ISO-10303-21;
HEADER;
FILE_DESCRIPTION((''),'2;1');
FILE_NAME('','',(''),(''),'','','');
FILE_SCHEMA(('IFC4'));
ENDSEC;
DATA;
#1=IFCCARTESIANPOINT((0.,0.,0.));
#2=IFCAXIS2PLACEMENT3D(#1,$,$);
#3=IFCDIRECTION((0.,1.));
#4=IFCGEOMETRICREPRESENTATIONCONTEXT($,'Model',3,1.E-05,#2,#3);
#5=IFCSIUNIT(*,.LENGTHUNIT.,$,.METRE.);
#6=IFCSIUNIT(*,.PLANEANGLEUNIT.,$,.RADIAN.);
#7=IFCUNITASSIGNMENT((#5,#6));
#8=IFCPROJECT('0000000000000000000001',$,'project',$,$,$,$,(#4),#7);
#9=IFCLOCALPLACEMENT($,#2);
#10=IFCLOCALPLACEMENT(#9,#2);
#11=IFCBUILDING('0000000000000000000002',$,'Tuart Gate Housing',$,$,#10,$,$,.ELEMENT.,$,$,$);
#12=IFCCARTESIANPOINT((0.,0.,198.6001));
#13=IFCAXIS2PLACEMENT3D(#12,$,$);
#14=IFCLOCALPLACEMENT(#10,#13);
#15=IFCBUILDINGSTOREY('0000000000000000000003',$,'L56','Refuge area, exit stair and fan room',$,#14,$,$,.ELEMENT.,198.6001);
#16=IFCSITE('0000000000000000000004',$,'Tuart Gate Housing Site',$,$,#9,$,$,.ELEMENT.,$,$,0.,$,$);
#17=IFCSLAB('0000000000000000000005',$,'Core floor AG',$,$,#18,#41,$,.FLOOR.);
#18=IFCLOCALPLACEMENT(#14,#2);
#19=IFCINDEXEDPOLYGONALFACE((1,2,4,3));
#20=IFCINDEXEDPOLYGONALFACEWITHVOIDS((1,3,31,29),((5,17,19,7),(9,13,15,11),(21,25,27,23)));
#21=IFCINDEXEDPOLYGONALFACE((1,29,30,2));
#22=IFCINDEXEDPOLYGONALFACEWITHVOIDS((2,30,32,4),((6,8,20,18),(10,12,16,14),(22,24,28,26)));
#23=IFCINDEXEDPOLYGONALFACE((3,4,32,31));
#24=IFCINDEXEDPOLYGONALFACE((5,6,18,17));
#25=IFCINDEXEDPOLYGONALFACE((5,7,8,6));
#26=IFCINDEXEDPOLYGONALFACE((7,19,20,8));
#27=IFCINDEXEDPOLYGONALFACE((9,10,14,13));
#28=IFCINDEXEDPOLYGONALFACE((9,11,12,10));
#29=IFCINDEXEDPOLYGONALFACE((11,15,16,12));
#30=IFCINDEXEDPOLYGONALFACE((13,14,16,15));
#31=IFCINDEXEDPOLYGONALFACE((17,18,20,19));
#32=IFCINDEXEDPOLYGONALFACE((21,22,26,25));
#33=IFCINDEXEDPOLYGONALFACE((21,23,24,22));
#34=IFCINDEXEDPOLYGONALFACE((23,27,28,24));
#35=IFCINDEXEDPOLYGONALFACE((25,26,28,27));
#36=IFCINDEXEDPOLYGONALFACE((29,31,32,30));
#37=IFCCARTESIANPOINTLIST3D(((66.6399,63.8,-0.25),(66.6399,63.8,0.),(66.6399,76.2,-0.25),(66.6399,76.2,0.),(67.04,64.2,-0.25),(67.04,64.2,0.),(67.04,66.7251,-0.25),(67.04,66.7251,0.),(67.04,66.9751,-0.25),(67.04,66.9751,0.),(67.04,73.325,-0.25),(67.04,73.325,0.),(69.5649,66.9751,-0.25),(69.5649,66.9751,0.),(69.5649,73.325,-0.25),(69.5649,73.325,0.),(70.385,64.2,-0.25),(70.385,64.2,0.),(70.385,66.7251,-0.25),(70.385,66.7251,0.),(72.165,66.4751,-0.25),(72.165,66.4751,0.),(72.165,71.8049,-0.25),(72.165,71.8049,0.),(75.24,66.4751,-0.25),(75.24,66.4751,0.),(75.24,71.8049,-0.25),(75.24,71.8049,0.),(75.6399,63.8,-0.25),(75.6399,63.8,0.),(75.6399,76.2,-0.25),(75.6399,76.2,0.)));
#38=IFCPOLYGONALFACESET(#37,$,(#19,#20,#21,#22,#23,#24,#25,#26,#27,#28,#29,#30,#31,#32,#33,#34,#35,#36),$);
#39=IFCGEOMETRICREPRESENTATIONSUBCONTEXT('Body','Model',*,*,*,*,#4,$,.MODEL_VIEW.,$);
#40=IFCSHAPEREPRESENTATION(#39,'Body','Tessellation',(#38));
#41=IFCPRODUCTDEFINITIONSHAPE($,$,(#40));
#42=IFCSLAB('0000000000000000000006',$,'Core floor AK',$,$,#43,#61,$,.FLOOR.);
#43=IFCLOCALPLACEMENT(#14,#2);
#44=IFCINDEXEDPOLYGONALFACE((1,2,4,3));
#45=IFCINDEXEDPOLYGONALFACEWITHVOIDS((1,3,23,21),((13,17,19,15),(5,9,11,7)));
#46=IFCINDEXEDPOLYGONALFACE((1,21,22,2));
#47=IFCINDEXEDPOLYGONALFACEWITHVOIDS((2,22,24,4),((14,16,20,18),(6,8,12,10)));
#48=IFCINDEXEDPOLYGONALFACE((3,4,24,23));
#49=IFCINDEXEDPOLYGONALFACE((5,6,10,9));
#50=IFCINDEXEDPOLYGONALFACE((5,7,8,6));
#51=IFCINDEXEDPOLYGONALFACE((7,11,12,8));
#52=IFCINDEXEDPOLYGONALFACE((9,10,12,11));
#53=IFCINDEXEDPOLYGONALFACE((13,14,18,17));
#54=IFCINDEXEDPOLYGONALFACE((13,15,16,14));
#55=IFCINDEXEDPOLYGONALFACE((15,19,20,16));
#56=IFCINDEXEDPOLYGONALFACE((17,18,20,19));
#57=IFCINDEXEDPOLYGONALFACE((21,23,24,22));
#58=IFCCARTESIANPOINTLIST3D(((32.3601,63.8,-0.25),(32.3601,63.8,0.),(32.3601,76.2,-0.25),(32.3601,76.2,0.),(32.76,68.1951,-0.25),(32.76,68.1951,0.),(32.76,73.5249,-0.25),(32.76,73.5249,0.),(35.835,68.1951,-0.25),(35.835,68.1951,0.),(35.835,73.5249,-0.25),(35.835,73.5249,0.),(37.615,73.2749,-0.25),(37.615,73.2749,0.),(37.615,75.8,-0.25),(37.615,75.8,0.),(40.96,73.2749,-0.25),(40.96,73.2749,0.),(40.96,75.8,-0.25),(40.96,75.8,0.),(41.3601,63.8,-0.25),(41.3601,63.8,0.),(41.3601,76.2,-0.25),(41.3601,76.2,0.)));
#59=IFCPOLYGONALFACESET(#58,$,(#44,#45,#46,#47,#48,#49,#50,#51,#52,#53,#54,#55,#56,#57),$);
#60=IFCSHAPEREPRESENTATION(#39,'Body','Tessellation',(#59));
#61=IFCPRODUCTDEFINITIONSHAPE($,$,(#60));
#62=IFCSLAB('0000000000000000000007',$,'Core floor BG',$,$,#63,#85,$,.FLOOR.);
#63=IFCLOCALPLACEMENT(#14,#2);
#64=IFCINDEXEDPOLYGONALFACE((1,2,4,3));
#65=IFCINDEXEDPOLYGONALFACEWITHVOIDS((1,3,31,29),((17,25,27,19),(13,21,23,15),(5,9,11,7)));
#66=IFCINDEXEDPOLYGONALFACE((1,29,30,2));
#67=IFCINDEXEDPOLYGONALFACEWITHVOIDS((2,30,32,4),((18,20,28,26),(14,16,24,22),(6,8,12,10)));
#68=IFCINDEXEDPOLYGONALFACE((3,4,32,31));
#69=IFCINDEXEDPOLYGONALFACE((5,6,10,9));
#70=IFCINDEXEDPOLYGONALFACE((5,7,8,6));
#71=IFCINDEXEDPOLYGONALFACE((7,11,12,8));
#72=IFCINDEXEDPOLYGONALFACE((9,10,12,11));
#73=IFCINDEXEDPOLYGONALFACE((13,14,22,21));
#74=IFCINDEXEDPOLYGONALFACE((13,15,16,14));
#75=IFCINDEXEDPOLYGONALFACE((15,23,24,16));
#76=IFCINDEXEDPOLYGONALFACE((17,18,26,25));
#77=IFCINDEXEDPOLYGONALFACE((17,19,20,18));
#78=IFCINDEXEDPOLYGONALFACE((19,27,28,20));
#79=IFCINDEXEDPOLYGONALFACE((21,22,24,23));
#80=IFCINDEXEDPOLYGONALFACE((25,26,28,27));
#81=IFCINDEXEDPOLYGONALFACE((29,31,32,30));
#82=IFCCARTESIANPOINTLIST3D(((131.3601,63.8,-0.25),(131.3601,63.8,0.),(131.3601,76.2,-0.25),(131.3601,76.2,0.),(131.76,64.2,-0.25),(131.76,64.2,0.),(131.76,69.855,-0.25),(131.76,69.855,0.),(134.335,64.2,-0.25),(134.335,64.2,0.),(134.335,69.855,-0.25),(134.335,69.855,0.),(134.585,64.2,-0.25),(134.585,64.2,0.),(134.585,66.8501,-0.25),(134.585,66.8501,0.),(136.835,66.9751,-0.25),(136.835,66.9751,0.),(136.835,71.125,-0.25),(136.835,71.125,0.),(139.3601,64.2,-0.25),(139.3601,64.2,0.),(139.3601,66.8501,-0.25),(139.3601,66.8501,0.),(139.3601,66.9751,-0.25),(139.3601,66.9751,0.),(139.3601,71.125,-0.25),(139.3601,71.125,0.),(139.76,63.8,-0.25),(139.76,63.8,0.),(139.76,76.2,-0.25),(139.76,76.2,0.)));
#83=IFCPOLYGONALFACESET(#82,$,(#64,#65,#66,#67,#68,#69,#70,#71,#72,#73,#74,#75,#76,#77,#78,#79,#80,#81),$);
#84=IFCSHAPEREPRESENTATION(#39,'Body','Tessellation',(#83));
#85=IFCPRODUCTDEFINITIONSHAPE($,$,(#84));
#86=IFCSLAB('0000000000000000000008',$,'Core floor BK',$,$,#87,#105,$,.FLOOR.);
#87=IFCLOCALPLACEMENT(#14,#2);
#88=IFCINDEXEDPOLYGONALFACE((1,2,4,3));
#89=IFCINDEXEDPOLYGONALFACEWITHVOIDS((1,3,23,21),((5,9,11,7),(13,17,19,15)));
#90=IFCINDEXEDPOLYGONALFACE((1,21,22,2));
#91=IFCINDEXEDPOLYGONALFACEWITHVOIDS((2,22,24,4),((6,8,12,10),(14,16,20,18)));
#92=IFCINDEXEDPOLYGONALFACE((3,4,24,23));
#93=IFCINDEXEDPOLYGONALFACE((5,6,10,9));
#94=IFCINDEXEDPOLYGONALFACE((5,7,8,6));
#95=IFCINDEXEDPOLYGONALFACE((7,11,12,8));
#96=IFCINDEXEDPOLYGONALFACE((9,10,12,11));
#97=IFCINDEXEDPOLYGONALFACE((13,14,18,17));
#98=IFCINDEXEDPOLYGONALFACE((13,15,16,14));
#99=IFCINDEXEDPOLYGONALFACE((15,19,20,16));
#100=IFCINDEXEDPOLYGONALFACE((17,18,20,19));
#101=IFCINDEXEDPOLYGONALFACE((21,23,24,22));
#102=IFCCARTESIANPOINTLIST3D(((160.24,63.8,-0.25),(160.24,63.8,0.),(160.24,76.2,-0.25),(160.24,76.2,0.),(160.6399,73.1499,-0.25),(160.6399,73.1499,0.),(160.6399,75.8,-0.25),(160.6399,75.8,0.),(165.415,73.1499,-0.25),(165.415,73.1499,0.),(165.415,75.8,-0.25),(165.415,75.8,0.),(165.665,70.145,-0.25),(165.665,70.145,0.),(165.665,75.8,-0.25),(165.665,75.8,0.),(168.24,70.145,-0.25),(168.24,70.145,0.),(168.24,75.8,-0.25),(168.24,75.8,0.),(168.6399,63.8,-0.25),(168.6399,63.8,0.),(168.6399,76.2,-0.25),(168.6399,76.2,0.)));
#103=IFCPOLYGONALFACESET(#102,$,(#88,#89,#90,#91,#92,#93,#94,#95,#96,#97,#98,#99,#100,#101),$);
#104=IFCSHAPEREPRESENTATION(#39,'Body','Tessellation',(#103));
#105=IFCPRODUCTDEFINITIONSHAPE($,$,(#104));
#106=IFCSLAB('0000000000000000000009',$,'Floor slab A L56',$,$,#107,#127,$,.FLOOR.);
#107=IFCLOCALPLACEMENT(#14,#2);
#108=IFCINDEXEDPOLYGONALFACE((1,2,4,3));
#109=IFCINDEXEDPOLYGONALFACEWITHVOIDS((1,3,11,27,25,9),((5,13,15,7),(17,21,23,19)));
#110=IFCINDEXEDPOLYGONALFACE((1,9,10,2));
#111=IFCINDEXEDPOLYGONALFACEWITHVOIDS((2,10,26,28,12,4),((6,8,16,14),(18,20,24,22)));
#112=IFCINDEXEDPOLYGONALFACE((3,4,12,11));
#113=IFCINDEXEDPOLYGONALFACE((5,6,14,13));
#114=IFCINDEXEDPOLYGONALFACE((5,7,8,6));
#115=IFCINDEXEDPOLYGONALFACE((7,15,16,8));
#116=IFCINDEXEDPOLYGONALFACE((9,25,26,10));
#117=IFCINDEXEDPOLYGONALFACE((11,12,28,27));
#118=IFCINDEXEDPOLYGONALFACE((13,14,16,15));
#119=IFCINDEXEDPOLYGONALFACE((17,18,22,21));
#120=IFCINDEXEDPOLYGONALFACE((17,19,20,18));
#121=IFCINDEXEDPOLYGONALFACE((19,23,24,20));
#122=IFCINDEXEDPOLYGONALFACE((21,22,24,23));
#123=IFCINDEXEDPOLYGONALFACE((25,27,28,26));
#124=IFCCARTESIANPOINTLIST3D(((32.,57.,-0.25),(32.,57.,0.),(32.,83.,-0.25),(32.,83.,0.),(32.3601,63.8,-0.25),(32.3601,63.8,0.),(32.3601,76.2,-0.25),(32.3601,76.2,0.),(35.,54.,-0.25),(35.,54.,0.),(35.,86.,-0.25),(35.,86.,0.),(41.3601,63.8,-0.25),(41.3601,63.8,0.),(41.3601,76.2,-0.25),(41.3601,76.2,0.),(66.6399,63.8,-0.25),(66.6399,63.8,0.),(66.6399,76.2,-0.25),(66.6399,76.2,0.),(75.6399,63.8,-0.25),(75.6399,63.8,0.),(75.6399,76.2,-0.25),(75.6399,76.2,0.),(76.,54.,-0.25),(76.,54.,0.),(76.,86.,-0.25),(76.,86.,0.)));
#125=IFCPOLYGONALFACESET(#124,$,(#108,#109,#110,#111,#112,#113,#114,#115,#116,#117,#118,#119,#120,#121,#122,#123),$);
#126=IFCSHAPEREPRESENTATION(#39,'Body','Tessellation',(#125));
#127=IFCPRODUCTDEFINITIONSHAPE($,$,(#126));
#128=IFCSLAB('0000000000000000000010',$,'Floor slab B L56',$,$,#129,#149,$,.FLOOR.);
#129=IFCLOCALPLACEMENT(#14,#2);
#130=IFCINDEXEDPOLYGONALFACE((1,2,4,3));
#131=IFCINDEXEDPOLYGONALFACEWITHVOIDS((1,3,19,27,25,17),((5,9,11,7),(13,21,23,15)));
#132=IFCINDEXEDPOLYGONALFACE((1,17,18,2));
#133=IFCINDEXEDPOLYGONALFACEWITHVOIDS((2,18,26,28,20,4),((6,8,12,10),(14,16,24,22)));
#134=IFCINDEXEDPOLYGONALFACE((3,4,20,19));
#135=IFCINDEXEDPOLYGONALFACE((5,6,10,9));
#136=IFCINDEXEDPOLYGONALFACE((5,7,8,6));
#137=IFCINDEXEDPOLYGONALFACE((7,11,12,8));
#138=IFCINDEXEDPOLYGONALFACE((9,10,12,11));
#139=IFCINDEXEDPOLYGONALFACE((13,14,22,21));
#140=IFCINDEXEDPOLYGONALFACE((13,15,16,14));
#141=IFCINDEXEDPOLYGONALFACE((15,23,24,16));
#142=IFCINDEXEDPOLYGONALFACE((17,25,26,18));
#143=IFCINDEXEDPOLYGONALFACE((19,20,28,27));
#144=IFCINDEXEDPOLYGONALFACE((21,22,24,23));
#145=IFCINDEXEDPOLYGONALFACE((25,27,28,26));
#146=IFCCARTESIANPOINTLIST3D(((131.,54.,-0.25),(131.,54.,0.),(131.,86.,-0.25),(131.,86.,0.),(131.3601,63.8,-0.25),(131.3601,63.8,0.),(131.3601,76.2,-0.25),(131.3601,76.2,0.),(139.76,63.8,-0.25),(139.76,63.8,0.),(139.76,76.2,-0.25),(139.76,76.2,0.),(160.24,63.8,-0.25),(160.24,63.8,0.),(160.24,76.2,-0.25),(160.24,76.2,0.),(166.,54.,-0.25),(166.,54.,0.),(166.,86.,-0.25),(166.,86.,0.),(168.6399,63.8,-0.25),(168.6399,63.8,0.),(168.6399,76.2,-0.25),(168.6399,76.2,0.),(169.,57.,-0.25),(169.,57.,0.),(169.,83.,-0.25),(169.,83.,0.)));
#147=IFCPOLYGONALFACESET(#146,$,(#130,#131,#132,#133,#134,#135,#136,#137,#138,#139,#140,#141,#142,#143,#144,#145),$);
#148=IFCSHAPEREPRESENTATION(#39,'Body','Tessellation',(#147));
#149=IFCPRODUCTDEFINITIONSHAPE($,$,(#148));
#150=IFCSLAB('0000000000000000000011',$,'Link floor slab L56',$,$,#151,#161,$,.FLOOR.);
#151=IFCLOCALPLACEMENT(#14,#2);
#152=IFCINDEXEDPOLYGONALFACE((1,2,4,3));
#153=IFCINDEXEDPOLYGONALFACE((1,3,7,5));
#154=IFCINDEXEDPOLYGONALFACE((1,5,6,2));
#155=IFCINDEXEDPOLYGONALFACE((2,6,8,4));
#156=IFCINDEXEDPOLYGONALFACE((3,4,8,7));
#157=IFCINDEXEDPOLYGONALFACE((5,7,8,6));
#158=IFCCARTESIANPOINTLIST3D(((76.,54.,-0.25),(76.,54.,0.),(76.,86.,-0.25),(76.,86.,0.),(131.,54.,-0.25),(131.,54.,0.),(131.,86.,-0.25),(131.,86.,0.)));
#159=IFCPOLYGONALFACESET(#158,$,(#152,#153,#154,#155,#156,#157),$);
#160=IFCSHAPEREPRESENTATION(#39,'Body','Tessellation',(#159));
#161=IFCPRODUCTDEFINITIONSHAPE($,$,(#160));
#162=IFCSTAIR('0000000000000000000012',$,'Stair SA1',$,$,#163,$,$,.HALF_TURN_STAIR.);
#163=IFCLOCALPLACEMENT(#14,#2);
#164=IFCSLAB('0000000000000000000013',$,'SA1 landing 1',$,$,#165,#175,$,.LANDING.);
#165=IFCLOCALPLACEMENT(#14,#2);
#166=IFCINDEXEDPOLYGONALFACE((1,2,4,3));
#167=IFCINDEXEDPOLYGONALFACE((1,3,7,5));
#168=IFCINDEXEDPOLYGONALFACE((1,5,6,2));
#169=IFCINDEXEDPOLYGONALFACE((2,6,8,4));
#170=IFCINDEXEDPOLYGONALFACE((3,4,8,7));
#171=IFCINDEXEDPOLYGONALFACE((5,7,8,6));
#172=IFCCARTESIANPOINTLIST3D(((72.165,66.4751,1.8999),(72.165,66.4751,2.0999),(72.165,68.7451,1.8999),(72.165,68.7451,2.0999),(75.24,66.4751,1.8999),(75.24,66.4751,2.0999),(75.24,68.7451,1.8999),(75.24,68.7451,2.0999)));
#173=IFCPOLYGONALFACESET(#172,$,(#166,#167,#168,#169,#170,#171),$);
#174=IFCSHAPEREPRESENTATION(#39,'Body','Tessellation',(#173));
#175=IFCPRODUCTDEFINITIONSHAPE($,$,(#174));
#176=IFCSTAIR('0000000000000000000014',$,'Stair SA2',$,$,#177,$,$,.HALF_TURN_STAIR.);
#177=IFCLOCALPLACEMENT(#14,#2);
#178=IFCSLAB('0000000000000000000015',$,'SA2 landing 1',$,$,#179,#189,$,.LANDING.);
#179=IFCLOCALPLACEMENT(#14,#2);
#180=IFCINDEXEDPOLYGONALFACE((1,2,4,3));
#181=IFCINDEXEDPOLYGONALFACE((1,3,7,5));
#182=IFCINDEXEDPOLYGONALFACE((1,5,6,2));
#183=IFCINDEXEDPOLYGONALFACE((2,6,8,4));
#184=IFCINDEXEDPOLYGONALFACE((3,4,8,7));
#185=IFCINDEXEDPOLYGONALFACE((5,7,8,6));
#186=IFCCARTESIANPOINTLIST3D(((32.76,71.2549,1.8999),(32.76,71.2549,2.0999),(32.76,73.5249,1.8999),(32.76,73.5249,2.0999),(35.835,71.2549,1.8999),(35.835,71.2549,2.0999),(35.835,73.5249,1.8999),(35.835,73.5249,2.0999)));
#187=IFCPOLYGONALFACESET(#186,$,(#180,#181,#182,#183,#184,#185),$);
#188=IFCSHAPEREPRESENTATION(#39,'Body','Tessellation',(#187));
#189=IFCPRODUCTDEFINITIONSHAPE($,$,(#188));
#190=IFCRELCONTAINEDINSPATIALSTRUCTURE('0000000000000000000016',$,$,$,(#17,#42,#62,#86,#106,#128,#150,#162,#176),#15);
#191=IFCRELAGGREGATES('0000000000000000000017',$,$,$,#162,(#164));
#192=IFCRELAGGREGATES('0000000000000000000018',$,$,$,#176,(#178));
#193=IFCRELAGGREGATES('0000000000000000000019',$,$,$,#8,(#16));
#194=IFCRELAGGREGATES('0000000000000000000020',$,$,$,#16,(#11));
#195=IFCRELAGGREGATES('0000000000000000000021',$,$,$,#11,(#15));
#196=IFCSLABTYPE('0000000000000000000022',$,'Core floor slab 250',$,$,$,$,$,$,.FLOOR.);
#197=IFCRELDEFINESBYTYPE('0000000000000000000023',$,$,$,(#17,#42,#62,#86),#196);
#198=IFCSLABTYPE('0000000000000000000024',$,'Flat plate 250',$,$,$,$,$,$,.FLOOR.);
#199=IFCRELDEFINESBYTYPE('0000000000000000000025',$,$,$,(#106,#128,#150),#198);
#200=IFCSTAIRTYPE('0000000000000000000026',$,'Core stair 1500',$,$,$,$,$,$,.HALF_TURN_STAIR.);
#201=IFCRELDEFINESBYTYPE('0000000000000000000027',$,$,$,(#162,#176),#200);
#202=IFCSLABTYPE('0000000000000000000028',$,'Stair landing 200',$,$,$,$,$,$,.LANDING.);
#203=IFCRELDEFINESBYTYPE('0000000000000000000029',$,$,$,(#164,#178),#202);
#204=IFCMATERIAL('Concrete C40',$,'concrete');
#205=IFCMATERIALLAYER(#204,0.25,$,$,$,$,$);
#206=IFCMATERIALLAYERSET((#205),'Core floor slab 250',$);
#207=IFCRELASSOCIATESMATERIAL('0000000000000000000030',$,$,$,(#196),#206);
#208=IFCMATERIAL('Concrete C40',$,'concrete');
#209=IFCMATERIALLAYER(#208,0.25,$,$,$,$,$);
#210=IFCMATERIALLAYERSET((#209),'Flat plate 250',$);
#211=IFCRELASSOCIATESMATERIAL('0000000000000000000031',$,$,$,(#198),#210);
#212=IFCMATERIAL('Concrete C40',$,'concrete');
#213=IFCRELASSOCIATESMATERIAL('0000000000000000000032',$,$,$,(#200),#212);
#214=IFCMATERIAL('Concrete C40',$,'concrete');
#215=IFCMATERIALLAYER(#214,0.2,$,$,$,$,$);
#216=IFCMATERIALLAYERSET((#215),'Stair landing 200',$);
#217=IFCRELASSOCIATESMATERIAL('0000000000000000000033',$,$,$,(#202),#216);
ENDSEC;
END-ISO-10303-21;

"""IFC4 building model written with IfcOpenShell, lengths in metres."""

from ifc_helpers import new_model, si_unit, direction, frame, origin, place, context, subcontext, project, spatial, polyline, outline, extrude, material, layer, layer_set, type_object, element, aggregate, save


model = new_model("IFC4")

# Units and contexts
model_context = context("Model", 3, precision=1e-05, world=origin(), true_north=direction((0.0, 1.0)))
body_context = subcontext(model_context, "Body", "Model", "MODEL_VIEW")
ifc_project = project(units=[si_unit("LENGTHUNIT", "METRE"), si_unit("PLANEANGLEUNIT", "RADIAN")], contexts=[model_context])

# Site, building, storey
site_placement = place(None, origin())
site = spatial("IfcSite", under=ifc_project, at=site_placement, Name="Tuart Gate Housing Site", CompositionType="ELEMENT", RefElevation=0.0)
building_placement = place(site_placement, origin())
building = spatial("IfcBuilding", under=site, at=building_placement, Name="Tuart Gate Housing", CompositionType="ELEMENT")
storey_placement = place(building_placement, frame((0.0, 0.0, 198.6001)))
storey = spatial("IfcBuildingStorey", under=building, at=storey_placement, Name="L56", Description="Refuge area, exit stair and fan room", CompositionType="ELEMENT", Elevation=198.6001)

# Slabs
ifc_material_1 = material(Name="Concrete C40", Category="concrete")
ifc_layer_1 = layer(ifc_material_1, 0.25)
ifc_layer_set_1 = layer_set([ifc_layer_1], Name="Core floor slab 250")
slab_type_1 = type_object("IfcSlabType", Name="Core floor slab 250", PredefinedType="FLOOR", material=ifc_layer_set_1)
slab_1_placement = place(storey_placement, frame((0.0, 0.0, -0.25)))
element("IfcSlab", 1, at=slab_1_placement, inside=storey, type_object=slab_type_1, Name="Core floor AG", PredefinedType="FLOOR", context=body_context, shape_type="SweptSolid", body=[
    extrude(outline(polyline([(66.6399, 63.8), (75.6399, 63.8), (75.6399, 76.2), (66.6399, 76.2), (66.6399, 63.8)]), holes=[polyline([(67.04, 64.2), (70.385, 64.2), (70.385, 66.7251), (67.04, 66.7251), (67.04, 64.2)]), polyline([(67.04, 66.9751), (69.5649, 66.9751), (69.5649, 73.325), (67.04, 73.325), (67.04, 66.9751)]), polyline([(72.165, 66.4751), (75.24, 66.4751), (75.24, 71.8049), (72.165, 71.8049), (72.165, 66.4751)])]), origin(), (0.0, 0.0, 1.0), 0.25),
])
slab_2_placement = place(storey_placement, frame((0.0, 0.0, -0.25)))
element("IfcSlab", 2, at=slab_2_placement, inside=storey, type_object=slab_type_1, Name="Core floor AK", PredefinedType="FLOOR", context=body_context, shape_type="SweptSolid", body=[
    extrude(outline(polyline([(32.3601, 63.8), (41.3601, 63.8), (41.3601, 76.2), (32.3601, 76.2), (32.3601, 63.8)]), holes=[polyline([(40.96, 75.8), (37.615, 75.8), (37.615, 73.2749), (40.96, 73.2749), (40.96, 75.8)]), polyline([(35.835, 73.5249), (32.76, 73.5249), (32.76, 68.1951), (35.835, 68.1951), (35.835, 73.5249)])]), origin(), (0.0, 0.0, 1.0), 0.25),
])
slab_3_placement = place(storey_placement, frame((0.0, 0.0, -0.25)))
element("IfcSlab", 3, at=slab_3_placement, inside=storey, type_object=slab_type_1, Name="Core floor BG", PredefinedType="FLOOR", context=body_context, shape_type="SweptSolid", body=[
    extrude(outline(polyline([(131.3601, 63.8), (139.76, 63.8), (139.76, 76.2), (131.3601, 76.2), (131.3601, 63.8)]), holes=[polyline([(139.3601, 66.8501), (134.585, 66.8501), (134.585, 64.2), (139.3601, 64.2), (139.3601, 66.8501)]), polyline([(139.3601, 71.125), (136.835, 71.125), (136.835, 66.9751), (139.3601, 66.9751), (139.3601, 71.125)]), polyline([(134.335, 69.855), (131.76, 69.855), (131.76, 64.2), (134.335, 64.2), (134.335, 69.855)])]), origin(), (0.0, 0.0, 1.0), 0.25),
])
slab_4_placement = place(storey_placement, frame((0.0, 0.0, -0.25)))
element("IfcSlab", 4, at=slab_4_placement, inside=storey, type_object=slab_type_1, Name="Core floor BK", PredefinedType="FLOOR", context=body_context, shape_type="SweptSolid", body=[
    extrude(outline(polyline([(160.24, 63.8), (168.6399, 63.8), (168.6399, 76.2), (160.24, 76.2), (160.24, 63.8)]), holes=[polyline([(160.6399, 73.1499), (165.415, 73.1499), (165.415, 75.8), (160.6399, 75.8), (160.6399, 73.1499)]), polyline([(165.665, 70.145), (168.24, 70.145), (168.24, 75.8), (165.665, 75.8), (165.665, 70.145)])]), origin(), (0.0, 0.0, 1.0), 0.25),
])
ifc_material_2 = material(Name="Concrete C40", Category="concrete")
ifc_layer_2 = layer(ifc_material_2, 0.25)
ifc_layer_set_2 = layer_set([ifc_layer_2], Name="Flat plate 250")
slab_type_2 = type_object("IfcSlabType", Name="Flat plate 250", PredefinedType="FLOOR", material=ifc_layer_set_2)
slab_5_placement = place(storey_placement, frame((0.0, 0.0, -0.25)))
element("IfcSlab", 5, at=slab_5_placement, inside=storey, type_object=slab_type_2, Name="Floor slab A L56", PredefinedType="FLOOR", context=body_context, shape_type="SweptSolid", body=[
    extrude(outline(polyline([(35.0, 86.0), (32.0, 83.0), (32.0, 57.0), (35.0, 54.0), (76.0, 54.0), (76.0, 86.0), (35.0, 86.0)]), holes=[polyline([(66.6399, 76.2), (75.6399, 76.2), (75.6399, 63.8), (66.6399, 63.8), (66.6399, 76.2)]), polyline([(41.3601, 76.2), (41.3601, 63.8), (32.3601, 63.8), (32.3601, 76.2), (41.3601, 76.2)])]), origin(), (0.0, 0.0, 1.0), 0.25),
])
slab_6_placement = place(storey_placement, frame((0.0, 0.0, -0.25)))
element("IfcSlab", 6, at=slab_6_placement, inside=storey, type_object=slab_type_2, Name="Floor slab B L56", PredefinedType="FLOOR", context=body_context, shape_type="SweptSolid", body=[
    extrude(outline(polyline([(166.0, 86.0), (131.0, 86.0), (131.0, 54.0), (166.0, 54.0), (169.0, 57.0), (169.0, 83.0), (166.0, 86.0)]), holes=[polyline([(131.3601, 76.2), (139.76, 76.2), (139.76, 63.8), (131.3601, 63.8), (131.3601, 76.2)]), polyline([(168.6399, 76.2), (168.6399, 63.8), (160.24, 63.8), (160.24, 76.2), (168.6399, 76.2)])]), origin(), (0.0, 0.0, 1.0), 0.25),
])
slab_7_placement = place(storey_placement, frame((0.0, 0.0, -0.25)))
element("IfcSlab", 7, at=slab_7_placement, inside=storey, type_object=slab_type_2, Name="Link floor slab L56", PredefinedType="FLOOR", context=body_context, shape_type="SweptSolid", body=[
    extrude(outline(polyline([(76.0, 54.0), (131.0, 54.0), (131.0, 86.0), (76.0, 86.0), (76.0, 54.0)])), origin(), (0.0, 0.0, 1.0), 0.25),
])

# Stairs, slabs
ifc_material_3 = material(Name="Concrete C40", Category="concrete")
stair_type_1 = type_object("IfcStairType", Name="Core stair 1500", PredefinedType="HALF_TURN_STAIR", material=ifc_material_3)
stair_1_placement = place(storey_placement, origin())
stair_1 = element("IfcStair", 8, at=stair_1_placement, inside=storey, type_object=stair_type_1, Name="Stair SA1", PredefinedType="HALF_TURN_STAIR")
ifc_material_4 = material(Name="Concrete C40", Category="concrete")
ifc_layer_3 = layer(ifc_material_4, 0.2)
ifc_layer_set_3 = layer_set([ifc_layer_3], Name="Stair landing 200")
slab_type_3 = type_object("IfcSlabType", Name="Stair landing 200", PredefinedType="LANDING", material=ifc_layer_set_3)
slab_8_placement = place(storey_placement, frame((0.0, 0.0, 1.8999)))
slab_8 = element("IfcSlab", 9, at=slab_8_placement, type_object=slab_type_3, Name="SA1 landing 1", PredefinedType="LANDING", context=body_context, shape_type="SweptSolid", body=[
    extrude(outline(polyline([(72.165, 66.4751), (75.24, 66.4751), (75.24, 68.7451), (72.165, 68.7451), (72.165, 66.4751)])), origin(), (0.0, 0.0, 1.0), 0.2),
])
aggregate(stair_1, [slab_8])
stair_2_placement = place(storey_placement, origin())
stair_2 = element("IfcStair", 10, at=stair_2_placement, inside=storey, type_object=stair_type_1, Name="Stair SA2", PredefinedType="HALF_TURN_STAIR")
slab_9_placement = place(storey_placement, frame((0.0, 0.0, 1.8999)))
slab_9 = element("IfcSlab", 11, at=slab_9_placement, type_object=slab_type_3, Name="SA2 landing 1", PredefinedType="LANDING", context=body_context, shape_type="SweptSolid", body=[
    extrude(outline(polyline([(35.835, 73.5249), (32.76, 73.5249), (32.76, 71.2549), (35.835, 71.2549), (35.835, 73.5249)])), origin(), (0.0, 0.0, 1.0), 0.2),
])
aggregate(stair_2, [slab_9])

save(model, "model.ifc")
